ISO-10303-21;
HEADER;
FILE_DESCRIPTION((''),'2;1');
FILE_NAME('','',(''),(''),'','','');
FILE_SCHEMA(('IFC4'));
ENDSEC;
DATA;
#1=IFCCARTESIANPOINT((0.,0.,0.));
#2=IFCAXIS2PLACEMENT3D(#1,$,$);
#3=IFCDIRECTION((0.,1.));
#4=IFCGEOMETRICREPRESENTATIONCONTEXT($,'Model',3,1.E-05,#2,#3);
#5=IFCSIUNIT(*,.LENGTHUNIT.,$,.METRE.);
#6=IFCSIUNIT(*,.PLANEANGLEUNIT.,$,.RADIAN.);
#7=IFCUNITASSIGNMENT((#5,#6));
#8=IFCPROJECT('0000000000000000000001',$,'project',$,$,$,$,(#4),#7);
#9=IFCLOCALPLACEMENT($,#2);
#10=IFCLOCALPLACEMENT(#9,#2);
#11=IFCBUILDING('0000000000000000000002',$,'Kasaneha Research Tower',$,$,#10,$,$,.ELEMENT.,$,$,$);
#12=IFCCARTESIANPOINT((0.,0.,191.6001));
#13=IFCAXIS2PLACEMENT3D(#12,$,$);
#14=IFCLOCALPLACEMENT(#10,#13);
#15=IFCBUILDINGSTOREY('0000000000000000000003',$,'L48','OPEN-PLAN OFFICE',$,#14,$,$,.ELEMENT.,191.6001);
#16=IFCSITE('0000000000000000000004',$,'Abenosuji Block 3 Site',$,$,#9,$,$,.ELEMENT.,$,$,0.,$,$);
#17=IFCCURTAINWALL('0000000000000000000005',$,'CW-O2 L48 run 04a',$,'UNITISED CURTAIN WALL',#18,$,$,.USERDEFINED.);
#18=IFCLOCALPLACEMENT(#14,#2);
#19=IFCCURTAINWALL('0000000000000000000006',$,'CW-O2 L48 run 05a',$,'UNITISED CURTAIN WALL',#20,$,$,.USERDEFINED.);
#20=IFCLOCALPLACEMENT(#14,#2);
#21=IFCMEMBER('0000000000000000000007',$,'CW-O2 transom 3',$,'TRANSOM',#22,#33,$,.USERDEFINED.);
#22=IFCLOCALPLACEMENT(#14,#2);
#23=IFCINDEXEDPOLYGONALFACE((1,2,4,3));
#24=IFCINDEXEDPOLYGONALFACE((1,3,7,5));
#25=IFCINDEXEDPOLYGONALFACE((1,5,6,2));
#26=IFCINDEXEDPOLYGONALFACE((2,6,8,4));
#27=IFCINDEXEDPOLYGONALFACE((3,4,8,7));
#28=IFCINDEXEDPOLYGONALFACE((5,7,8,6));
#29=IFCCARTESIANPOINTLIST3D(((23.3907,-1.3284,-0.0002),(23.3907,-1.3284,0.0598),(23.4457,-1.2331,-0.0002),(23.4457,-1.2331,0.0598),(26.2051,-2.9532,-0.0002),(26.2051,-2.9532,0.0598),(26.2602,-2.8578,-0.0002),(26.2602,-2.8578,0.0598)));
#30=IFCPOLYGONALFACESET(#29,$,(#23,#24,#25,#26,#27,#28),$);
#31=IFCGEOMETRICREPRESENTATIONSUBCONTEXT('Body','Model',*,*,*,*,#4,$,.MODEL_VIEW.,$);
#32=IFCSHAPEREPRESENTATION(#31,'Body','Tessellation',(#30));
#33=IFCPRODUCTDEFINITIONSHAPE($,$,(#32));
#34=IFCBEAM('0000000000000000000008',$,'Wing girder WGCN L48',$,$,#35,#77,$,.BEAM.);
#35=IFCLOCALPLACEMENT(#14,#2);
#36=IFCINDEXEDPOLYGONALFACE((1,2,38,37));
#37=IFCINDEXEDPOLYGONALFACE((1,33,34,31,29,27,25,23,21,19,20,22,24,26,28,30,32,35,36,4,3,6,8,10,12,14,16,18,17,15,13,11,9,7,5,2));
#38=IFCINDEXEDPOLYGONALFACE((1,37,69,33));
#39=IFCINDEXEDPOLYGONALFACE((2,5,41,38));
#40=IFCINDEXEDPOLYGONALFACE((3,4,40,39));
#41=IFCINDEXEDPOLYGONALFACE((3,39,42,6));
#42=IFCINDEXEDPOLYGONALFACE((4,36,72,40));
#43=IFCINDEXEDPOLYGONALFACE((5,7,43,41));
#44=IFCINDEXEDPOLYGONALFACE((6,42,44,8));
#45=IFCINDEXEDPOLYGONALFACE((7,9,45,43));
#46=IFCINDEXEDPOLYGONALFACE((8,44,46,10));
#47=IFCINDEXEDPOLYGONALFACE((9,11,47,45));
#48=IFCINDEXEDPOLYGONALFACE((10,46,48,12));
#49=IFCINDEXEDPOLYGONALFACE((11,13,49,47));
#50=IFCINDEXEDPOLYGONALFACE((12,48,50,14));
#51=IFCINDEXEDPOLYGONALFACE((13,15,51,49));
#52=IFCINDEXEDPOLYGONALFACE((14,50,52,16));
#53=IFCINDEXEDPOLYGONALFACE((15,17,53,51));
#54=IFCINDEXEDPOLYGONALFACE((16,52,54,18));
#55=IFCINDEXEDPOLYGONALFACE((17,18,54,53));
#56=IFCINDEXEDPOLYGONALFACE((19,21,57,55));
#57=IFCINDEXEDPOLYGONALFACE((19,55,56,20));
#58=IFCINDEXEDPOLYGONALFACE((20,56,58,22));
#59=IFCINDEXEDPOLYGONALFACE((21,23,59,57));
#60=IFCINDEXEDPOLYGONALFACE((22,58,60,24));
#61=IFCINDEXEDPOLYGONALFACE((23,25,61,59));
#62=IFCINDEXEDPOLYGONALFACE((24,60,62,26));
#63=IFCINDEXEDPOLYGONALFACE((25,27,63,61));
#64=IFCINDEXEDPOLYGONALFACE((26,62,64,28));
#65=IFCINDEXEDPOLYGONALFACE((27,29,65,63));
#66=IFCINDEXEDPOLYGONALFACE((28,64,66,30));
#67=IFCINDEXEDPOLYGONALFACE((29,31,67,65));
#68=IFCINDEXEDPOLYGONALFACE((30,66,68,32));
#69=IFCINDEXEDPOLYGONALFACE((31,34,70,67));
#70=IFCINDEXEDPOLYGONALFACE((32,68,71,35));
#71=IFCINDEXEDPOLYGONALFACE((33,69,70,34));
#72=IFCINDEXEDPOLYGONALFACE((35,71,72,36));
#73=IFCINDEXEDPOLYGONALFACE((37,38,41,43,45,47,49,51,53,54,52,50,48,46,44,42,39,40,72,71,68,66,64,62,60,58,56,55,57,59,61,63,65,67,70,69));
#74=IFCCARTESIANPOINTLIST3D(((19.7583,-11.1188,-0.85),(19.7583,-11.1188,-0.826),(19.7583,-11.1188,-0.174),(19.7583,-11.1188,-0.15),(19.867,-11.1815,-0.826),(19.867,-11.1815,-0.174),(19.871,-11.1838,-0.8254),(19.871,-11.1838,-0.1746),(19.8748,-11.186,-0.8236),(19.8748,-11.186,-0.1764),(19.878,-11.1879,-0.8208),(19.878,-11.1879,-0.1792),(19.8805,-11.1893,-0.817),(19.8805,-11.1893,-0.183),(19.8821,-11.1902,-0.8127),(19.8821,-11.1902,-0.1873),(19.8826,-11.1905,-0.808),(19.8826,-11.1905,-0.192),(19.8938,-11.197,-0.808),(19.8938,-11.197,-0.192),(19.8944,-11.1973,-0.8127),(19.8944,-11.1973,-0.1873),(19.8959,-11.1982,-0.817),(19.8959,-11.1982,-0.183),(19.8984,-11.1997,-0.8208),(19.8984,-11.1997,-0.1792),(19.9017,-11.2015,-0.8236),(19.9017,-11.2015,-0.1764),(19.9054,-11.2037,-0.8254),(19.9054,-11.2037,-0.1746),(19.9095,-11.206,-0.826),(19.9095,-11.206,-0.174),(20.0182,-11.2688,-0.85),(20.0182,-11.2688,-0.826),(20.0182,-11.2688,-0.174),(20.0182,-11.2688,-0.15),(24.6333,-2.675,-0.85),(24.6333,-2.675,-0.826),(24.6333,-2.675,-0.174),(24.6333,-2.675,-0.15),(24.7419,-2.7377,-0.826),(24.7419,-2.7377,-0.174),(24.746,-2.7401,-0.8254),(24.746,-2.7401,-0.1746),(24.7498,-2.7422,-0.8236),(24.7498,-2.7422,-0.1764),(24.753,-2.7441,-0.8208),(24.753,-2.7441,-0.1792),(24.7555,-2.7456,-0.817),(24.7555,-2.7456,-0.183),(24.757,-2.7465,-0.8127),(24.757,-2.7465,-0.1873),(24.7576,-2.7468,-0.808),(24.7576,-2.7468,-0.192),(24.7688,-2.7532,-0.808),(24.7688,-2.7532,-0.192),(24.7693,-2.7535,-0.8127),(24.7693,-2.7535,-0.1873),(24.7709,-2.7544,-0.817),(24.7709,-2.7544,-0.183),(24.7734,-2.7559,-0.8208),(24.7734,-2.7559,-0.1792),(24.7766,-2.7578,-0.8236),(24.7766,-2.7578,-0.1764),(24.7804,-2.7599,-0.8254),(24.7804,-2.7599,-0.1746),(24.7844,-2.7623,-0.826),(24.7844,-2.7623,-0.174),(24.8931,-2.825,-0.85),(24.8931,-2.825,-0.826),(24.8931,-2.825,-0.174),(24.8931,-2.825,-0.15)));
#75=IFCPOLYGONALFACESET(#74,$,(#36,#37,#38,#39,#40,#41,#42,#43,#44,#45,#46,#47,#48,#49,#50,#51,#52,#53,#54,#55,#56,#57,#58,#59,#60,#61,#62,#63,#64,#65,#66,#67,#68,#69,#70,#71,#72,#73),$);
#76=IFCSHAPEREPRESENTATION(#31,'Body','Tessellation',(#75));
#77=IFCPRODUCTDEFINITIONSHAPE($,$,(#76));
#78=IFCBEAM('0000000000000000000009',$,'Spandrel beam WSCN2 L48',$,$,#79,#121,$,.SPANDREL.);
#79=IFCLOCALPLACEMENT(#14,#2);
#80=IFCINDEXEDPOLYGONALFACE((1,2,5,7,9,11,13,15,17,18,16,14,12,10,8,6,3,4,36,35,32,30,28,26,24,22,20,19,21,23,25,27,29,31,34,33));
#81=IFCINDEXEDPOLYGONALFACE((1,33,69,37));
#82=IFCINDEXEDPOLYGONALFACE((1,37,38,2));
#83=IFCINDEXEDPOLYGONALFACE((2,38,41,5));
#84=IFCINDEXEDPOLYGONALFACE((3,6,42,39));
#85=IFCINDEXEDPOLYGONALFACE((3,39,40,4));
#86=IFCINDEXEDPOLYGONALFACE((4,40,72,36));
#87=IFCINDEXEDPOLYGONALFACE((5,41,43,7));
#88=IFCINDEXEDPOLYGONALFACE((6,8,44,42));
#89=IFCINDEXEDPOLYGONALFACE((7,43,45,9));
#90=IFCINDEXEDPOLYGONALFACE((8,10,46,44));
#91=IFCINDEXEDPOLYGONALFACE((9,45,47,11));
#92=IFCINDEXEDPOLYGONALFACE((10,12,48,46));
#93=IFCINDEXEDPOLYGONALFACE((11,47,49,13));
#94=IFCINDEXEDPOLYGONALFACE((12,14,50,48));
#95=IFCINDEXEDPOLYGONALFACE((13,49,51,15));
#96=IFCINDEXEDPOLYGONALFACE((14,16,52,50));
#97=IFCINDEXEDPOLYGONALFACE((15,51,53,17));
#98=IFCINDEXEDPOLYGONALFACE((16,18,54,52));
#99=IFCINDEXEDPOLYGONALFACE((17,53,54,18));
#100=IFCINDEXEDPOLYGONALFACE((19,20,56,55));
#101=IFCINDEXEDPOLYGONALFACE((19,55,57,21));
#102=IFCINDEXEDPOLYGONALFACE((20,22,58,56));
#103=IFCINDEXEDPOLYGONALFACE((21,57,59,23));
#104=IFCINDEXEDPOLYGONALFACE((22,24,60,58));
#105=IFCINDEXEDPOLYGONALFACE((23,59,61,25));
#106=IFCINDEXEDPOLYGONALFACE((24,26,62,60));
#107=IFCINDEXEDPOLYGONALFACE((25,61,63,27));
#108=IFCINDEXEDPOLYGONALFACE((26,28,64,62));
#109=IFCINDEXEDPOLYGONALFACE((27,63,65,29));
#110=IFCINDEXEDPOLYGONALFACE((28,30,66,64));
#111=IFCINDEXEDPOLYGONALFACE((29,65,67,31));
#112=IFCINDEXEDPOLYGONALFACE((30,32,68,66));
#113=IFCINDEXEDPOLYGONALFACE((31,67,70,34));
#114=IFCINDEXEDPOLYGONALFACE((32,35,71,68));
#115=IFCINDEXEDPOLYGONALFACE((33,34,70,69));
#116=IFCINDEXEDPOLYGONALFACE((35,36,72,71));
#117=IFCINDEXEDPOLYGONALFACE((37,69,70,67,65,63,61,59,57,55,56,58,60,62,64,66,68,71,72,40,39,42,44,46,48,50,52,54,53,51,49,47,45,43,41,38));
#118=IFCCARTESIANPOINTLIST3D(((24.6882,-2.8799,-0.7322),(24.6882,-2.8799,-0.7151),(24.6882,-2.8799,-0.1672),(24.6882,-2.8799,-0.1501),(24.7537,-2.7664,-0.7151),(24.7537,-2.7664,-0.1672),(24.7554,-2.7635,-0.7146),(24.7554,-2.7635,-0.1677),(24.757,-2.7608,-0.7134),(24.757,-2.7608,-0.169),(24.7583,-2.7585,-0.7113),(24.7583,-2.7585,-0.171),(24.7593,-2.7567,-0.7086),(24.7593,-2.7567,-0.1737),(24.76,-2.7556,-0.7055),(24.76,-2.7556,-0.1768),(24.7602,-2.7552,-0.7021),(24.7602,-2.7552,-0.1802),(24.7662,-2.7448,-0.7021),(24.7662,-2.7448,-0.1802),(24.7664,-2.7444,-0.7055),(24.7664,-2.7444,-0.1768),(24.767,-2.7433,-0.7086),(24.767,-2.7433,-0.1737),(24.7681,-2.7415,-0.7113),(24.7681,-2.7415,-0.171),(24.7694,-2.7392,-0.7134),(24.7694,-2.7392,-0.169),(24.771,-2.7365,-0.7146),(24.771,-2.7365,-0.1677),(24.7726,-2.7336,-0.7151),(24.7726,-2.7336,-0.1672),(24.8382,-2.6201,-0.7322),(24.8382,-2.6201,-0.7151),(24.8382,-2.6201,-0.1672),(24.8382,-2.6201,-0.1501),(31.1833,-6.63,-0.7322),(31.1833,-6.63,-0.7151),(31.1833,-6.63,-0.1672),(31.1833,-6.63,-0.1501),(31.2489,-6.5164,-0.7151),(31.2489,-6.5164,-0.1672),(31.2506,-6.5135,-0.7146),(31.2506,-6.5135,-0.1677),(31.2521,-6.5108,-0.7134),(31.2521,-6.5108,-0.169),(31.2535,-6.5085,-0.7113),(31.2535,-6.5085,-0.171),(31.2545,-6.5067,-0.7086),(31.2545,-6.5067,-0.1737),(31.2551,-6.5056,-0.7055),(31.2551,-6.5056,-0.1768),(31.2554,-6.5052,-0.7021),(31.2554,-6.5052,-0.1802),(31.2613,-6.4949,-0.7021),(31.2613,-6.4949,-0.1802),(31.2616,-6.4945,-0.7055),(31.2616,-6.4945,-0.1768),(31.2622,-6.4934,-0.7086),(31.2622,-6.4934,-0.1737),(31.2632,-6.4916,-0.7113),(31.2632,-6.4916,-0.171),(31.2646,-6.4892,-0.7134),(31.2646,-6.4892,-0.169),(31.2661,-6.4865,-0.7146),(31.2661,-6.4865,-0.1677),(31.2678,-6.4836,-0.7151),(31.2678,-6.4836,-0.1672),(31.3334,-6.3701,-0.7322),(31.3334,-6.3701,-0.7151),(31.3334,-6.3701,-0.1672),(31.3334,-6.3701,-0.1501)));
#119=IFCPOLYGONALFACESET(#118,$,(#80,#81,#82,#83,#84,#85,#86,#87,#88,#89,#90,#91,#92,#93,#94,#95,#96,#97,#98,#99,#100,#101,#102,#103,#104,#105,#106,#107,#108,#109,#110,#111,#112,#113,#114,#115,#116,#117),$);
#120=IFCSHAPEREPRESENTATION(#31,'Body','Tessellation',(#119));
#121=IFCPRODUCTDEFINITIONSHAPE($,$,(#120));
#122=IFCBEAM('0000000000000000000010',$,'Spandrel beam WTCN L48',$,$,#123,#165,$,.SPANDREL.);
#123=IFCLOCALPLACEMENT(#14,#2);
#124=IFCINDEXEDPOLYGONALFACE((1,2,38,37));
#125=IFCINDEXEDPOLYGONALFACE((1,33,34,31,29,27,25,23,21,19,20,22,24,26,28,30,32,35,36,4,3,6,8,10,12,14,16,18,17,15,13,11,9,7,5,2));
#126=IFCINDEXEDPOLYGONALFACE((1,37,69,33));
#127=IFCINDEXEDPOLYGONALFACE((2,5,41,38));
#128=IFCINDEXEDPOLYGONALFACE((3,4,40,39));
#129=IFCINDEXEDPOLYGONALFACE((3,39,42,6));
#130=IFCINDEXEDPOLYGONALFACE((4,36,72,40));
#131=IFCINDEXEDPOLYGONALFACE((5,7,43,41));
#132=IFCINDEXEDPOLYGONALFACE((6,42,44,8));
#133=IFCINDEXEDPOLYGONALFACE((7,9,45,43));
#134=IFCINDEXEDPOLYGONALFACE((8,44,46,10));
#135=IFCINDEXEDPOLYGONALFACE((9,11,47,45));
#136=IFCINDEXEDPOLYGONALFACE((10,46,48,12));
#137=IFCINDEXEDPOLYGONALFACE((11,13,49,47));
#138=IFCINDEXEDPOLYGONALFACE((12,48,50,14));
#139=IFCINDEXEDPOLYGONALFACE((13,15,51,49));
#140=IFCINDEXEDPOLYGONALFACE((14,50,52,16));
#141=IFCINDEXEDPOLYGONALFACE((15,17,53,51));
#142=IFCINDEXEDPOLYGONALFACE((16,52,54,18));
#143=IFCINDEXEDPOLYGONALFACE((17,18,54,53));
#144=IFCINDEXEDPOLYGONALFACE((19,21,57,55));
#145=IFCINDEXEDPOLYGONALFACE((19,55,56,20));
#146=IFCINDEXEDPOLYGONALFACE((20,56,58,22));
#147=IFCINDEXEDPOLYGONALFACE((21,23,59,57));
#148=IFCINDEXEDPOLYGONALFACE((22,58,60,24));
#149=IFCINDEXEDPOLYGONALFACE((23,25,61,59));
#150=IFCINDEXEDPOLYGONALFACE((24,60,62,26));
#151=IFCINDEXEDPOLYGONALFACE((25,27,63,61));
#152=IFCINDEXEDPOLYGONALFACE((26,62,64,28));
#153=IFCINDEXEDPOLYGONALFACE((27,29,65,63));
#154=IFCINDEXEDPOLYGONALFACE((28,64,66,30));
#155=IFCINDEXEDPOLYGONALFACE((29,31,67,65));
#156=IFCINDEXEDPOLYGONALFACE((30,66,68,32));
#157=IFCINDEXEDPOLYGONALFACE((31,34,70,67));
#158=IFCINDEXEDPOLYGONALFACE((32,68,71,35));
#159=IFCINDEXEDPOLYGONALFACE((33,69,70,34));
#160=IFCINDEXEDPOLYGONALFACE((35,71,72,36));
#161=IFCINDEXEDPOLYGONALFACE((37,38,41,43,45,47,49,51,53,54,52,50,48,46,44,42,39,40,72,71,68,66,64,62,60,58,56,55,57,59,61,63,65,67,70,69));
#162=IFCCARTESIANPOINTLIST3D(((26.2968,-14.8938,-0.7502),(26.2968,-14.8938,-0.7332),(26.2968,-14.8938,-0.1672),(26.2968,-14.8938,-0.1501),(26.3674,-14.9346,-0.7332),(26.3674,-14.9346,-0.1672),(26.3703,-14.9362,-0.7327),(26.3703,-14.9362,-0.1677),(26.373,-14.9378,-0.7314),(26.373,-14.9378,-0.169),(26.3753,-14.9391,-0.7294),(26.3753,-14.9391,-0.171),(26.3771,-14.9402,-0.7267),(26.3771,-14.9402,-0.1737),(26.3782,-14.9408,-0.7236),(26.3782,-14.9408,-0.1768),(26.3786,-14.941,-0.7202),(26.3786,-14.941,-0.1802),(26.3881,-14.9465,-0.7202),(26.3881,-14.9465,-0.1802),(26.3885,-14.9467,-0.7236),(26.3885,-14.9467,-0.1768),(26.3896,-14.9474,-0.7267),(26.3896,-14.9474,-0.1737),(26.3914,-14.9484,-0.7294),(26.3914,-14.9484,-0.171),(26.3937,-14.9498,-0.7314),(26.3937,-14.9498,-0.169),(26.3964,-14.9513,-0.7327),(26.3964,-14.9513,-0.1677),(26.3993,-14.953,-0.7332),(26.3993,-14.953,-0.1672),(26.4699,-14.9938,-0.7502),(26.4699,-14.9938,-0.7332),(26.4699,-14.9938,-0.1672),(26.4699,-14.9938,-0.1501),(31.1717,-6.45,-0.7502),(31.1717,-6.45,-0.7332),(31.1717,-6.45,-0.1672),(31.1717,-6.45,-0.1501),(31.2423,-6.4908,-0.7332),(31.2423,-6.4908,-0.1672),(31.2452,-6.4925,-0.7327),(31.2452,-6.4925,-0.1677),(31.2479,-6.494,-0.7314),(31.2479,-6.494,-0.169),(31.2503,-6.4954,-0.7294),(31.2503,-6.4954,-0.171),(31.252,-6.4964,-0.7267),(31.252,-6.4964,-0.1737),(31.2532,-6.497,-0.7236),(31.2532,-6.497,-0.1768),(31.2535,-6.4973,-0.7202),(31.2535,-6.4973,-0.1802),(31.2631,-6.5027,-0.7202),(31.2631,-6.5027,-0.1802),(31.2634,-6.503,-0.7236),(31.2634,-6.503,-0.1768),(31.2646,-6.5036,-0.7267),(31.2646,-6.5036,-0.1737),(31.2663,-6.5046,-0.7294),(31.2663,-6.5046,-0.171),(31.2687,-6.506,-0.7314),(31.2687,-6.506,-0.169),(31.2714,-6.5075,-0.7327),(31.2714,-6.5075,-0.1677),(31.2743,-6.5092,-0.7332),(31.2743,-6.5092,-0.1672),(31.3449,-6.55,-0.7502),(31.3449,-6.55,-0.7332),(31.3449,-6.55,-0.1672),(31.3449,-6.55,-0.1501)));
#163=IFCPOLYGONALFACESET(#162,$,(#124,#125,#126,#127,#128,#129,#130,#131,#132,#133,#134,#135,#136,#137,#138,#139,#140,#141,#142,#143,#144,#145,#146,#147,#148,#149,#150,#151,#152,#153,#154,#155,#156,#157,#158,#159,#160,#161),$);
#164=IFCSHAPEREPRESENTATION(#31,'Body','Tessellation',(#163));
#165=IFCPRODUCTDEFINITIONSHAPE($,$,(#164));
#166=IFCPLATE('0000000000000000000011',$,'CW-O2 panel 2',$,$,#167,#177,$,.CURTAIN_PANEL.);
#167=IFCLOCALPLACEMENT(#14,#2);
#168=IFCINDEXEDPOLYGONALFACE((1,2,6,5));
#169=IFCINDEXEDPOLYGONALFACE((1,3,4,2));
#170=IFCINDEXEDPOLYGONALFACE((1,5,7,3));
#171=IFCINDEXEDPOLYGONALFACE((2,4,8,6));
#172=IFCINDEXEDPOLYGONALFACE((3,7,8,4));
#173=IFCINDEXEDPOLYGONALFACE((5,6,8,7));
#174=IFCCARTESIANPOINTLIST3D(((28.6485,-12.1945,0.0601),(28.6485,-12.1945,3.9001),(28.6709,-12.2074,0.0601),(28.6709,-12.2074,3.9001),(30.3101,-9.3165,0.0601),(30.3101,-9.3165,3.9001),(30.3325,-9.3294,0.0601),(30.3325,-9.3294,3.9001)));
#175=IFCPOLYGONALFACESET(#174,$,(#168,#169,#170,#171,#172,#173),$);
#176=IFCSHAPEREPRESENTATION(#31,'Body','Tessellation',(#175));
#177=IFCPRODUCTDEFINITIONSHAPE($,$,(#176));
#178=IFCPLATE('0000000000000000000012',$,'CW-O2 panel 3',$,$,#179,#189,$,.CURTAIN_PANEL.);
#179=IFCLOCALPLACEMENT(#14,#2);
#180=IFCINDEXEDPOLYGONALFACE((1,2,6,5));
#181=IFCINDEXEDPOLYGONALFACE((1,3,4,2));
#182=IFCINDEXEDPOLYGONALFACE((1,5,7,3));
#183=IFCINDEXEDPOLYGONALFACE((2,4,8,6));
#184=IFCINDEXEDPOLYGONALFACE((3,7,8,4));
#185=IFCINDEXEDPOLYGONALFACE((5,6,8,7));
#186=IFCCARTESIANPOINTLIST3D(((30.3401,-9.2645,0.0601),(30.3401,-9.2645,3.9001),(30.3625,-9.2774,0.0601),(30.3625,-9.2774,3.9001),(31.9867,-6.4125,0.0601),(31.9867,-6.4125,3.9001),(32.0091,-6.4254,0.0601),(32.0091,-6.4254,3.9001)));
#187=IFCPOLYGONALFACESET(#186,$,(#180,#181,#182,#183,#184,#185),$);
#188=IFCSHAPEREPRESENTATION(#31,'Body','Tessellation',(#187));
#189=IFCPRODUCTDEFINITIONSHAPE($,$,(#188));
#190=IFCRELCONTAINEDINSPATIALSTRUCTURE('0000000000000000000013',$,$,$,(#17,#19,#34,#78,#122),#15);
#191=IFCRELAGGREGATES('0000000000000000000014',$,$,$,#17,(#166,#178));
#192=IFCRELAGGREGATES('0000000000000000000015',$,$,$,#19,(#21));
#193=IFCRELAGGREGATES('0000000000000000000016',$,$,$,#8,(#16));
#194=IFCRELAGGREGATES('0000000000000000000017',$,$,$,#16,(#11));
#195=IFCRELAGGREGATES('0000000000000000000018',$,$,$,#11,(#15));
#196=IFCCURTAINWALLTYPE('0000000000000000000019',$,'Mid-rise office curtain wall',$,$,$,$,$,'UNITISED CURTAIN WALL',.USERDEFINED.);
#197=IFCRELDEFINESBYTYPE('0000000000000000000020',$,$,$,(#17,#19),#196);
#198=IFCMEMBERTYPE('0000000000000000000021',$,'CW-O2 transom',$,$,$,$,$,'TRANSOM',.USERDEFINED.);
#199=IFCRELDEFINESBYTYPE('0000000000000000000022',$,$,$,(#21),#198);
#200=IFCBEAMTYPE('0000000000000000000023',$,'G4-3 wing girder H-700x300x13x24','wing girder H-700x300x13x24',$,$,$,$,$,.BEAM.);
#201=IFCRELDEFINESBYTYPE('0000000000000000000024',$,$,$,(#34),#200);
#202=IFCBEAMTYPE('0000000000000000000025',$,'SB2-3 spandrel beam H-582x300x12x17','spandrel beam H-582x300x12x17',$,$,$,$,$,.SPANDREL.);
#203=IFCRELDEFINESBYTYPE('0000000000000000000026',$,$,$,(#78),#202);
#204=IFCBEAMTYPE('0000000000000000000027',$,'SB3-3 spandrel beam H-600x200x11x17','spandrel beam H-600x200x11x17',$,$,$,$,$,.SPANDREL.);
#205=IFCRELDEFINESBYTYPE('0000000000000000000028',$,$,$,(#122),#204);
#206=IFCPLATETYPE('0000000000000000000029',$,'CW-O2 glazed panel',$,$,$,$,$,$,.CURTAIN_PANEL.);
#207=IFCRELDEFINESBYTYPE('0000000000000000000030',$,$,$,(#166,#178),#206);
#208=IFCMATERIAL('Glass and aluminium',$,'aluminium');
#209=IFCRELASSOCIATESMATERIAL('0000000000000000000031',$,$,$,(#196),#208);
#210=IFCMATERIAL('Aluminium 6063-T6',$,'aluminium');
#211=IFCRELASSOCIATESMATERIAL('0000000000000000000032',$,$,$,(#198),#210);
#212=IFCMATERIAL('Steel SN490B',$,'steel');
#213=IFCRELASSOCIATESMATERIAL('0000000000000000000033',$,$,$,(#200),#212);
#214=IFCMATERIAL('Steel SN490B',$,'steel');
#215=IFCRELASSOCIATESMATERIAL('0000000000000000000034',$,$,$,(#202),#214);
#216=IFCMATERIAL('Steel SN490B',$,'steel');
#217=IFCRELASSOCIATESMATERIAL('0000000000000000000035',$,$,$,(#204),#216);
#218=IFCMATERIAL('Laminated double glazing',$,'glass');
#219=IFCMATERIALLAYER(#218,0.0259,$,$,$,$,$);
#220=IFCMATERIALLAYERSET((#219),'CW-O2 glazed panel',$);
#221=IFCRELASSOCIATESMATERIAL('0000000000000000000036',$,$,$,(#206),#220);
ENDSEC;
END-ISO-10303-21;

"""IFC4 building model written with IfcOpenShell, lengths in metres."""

from ifc_helpers import new_model, si_unit, direction, frame, origin, origin_2d, place, context, subcontext, project, spatial, rectangle, i_section, extrude, material, layer, layer_set, material_profile, profile_set, type_object, element, aggregate, save


model = new_model("IFC4")

# Units and contexts
model_context = context("Model", 3, precision=1e-05, world=origin(), true_north=direction((0.0, 1.0)))
body_context = subcontext(model_context, "Body", "Model", "MODEL_VIEW")
ifc_project = project(units=[si_unit("LENGTHUNIT", "METRE"), si_unit("PLANEANGLEUNIT", "RADIAN")], contexts=[model_context])

# Site, building, storey
site_placement = place(None, origin())
site = spatial("IfcSite", under=ifc_project, at=site_placement, Name="Abenosuji Block 3 Site", CompositionType="ELEMENT", RefElevation=0.0)
building_placement = place(site_placement, origin())
building = spatial("IfcBuilding", under=site, at=building_placement, Name="Kasaneha Research Tower", CompositionType="ELEMENT")
storey_placement = place(building_placement, frame((0.0, 0.0, 191.6001)))
storey = spatial("IfcBuildingStorey", under=building, at=storey_placement, Name="L48", Description="OPEN-PLAN OFFICE", CompositionType="ELEMENT", Elevation=191.6001)

# Curtain walls
ifc_material_1 = material(Name="Glass and aluminium", Category="aluminium")
curtain_wall_type = type_object("IfcCurtainWallType", Name="Mid-rise office curtain wall", ElementType="UNITISED CURTAIN WALL", PredefinedType="USERDEFINED", material=ifc_material_1)
curtain_wall_1_placement = place(storey_placement, origin())
curtain_wall_1 = element("IfcCurtainWall", 1, at=curtain_wall_1_placement, inside=storey, type_object=curtain_wall_type, Name="CW-O2 L48 run 04a", ObjectType="UNITISED CURTAIN WALL", PredefinedType="USERDEFINED")
curtain_wall_2_placement = place(storey_placement, origin())
curtain_wall_2 = element("IfcCurtainWall", 2, at=curtain_wall_2_placement, inside=storey, type_object=curtain_wall_type, Name="CW-O2 L48 run 05a", ObjectType="UNITISED CURTAIN WALL", PredefinedType="USERDEFINED")

# Member
ifc_material_2 = material(Name="Aluminium 6063-T6", Category="aluminium")
ifc_material_profile_1 = material_profile(ifc_material_2, rectangle(XDim=0.1101, YDim=0.0601, at=origin_2d()), Name="CW-O2 transom 110x60")
ifc_profile_set_1 = profile_set([ifc_material_profile_1], Name="Aluminium 6063-T6")
member_type_1 = type_object("IfcMemberType", Name="CW-O2 transom", ElementType="TRANSOM", PredefinedType="USERDEFINED", material=ifc_profile_set_1)
member_1_placement = place(storey_placement, frame((26.2327, -2.9055, 0.0298), z_axis=(-0.866048, 0.499961, 0.0), x_axis=(-0.499961, -0.866048, 0.0)))
member_1 = element("IfcMember", 3, at=member_1_placement, type_object=member_type_1, Name="CW-O2 transom 3", ObjectType="TRANSOM", PredefinedType="USERDEFINED", context=body_context, shape_type="SweptSolid", body=[
    extrude(rectangle(XDim=0.1101, YDim=0.0601, at=origin_2d()), origin(), (0.0, 0.0, 1.0), 3.2498),
])

# Beams
ifc_material_3 = material(Name="Steel SN490B", Category="steel")
ifc_material_profile_2 = material_profile(ifc_material_3, i_section(OverallWidth=0.3, OverallDepth=0.7, WebThickness=0.0129, FlangeThickness=0.0239, FilletRadius=0.0181, at=origin_2d()), Name="H-700x300x13x24")
ifc_profile_set_2 = profile_set([ifc_material_profile_2], Name="Steel SN490B")
beam_type_1 = type_object("IfcBeamType", Name="G4-3 wing girder H-700x300x13x24", Description="wing girder H-700x300x13x24", PredefinedType="BEAM", material=ifc_profile_set_2)
beam_1_placement = place(storey_placement, frame((24.7632, -2.75, -0.5), z_axis=(-0.499996, -0.866028, 0.0), x_axis=(0.866028, -0.499996, 0.0)))
element("IfcBeam", 4, at=beam_1_placement, inside=storey, type_object=beam_type_1, Name="Wing girder WGCN L48", PredefinedType="BEAM", context=body_context, shape_type="SweptSolid", body=[
    extrude(i_section(OverallWidth=0.3, OverallDepth=0.7, WebThickness=0.0129, FlangeThickness=0.0239, FilletRadius=0.0181, at=origin_2d()), origin(), (0.0, 0.0, 1.0), 9.75),
])
ifc_material_4 = material(Name="Steel SN490B", Category="steel")
ifc_material_profile_3 = material_profile(ifc_material_4, i_section(OverallWidth=0.3, OverallDepth=0.582, WebThickness=0.012, FlangeThickness=0.0171, FilletRadius=0.0129, at=origin_2d()), Name="H-582x300x12x17")
ifc_profile_set_3 = profile_set([ifc_material_profile_3], Name="Steel SN490B")
beam_type_2 = type_object("IfcBeamType", Name="SB2-3 spandrel beam H-582x300x12x17", Description="spandrel beam H-582x300x12x17", PredefinedType="SPANDREL", material=ifc_profile_set_3)
beam_2_placement = place(storey_placement, frame((24.7632, -2.75, -0.4412), z_axis=(0.866023, -0.500004, 0.0), x_axis=(0.500004, 0.866023, 0.0)))
element("IfcBeam", 5, at=beam_2_placement, inside=storey, type_object=beam_type_2, Name="Spandrel beam WSCN2 L48", PredefinedType="SPANDREL", context=body_context, shape_type="SweptSolid", body=[
    extrude(i_section(OverallWidth=0.3, OverallDepth=0.582, WebThickness=0.012, FlangeThickness=0.0171, FilletRadius=0.0129, at=origin_2d()), origin(), (0.0, 0.0, 1.0), 7.5),
])
ifc_material_5 = material(Name="Steel SN490B", Category="steel")
ifc_material_profile_4 = material_profile(ifc_material_5, i_section(OverallWidth=0.2, OverallDepth=0.6001, WebThickness=0.011, FlangeThickness=0.0171, FilletRadius=0.0129, at=origin_2d()), Name="H-600x200x11x17")
ifc_profile_set_4 = profile_set([ifc_material_profile_4], Name="Steel SN490B")
beam_type_3 = type_object("IfcBeamType", Name="SB3-3 spandrel beam H-600x200x11x17", Description="spandrel beam H-600x200x11x17", PredefinedType="SPANDREL", material=ifc_profile_set_4)
beam_3_placement = place(storey_placement, frame((31.2583, -6.5, -0.4502), z_axis=(-0.499996, -0.866028, 0.0), x_axis=(0.866028, -0.499996, 0.0)))
element("IfcBeam", 6, at=beam_3_placement, inside=storey, type_object=beam_type_3, Name="Spandrel beam WTCN L48", PredefinedType="SPANDREL", context=body_context, shape_type="SweptSolid", body=[
    extrude(i_section(OverallWidth=0.2, OverallDepth=0.6001, WebThickness=0.011, FlangeThickness=0.0171, FilletRadius=0.0129, at=origin_2d()), origin(), (0.0, 0.0, 1.0), 9.75),
])

# Plates
ifc_material_6 = material(Name="Laminated double glazing", Category="glass")
ifc_layer_1 = layer(ifc_material_6, 0.0259)
ifc_layer_set_1 = layer_set([ifc_layer_1], Name="CW-O2 glazed panel")
plate_type = type_object("IfcPlateType", Name="CW-O2 glazed panel", PredefinedType="CURTAIN_PANEL", material=ifc_layer_set_1)
plate_1_placement = place(storey_placement, frame((29.4905, -10.762, 0.0601), z_axis=(0.0, 0.0, 1.0), x_axis=(0.5, 0.866025, 0.0)))
plate_1 = element("IfcPlate", 7, at=plate_1_placement, type_object=plate_type, Name="CW-O2 panel 2", PredefinedType="CURTAIN_PANEL", context=body_context, shape_type="SweptSolid", body=[
    extrude(rectangle(XDim=3.3232, YDim=0.0259, at=origin_2d()), origin(), (0.0, 0.0, 1.0), 3.8401),
])
plate_2_placement = place(storey_placement, frame((31.1746, -7.845, 0.0601), z_axis=(0.0, 0.0, 1.0), x_axis=(0.5, 0.866025, 0.0)))
plate_2 = element("IfcPlate", 8, at=plate_2_placement, type_object=plate_type, Name="CW-O2 panel 3", PredefinedType="CURTAIN_PANEL", context=body_context, shape_type="SweptSolid", body=[
    extrude(rectangle(XDim=3.2932, YDim=0.0259, at=origin_2d()), origin(), (0.0, 0.0, 1.0), 3.8401),
])
aggregate(curtain_wall_1, [plate_1, plate_2])
aggregate(curtain_wall_2, [member_1])

save(model, "model.ifc")
